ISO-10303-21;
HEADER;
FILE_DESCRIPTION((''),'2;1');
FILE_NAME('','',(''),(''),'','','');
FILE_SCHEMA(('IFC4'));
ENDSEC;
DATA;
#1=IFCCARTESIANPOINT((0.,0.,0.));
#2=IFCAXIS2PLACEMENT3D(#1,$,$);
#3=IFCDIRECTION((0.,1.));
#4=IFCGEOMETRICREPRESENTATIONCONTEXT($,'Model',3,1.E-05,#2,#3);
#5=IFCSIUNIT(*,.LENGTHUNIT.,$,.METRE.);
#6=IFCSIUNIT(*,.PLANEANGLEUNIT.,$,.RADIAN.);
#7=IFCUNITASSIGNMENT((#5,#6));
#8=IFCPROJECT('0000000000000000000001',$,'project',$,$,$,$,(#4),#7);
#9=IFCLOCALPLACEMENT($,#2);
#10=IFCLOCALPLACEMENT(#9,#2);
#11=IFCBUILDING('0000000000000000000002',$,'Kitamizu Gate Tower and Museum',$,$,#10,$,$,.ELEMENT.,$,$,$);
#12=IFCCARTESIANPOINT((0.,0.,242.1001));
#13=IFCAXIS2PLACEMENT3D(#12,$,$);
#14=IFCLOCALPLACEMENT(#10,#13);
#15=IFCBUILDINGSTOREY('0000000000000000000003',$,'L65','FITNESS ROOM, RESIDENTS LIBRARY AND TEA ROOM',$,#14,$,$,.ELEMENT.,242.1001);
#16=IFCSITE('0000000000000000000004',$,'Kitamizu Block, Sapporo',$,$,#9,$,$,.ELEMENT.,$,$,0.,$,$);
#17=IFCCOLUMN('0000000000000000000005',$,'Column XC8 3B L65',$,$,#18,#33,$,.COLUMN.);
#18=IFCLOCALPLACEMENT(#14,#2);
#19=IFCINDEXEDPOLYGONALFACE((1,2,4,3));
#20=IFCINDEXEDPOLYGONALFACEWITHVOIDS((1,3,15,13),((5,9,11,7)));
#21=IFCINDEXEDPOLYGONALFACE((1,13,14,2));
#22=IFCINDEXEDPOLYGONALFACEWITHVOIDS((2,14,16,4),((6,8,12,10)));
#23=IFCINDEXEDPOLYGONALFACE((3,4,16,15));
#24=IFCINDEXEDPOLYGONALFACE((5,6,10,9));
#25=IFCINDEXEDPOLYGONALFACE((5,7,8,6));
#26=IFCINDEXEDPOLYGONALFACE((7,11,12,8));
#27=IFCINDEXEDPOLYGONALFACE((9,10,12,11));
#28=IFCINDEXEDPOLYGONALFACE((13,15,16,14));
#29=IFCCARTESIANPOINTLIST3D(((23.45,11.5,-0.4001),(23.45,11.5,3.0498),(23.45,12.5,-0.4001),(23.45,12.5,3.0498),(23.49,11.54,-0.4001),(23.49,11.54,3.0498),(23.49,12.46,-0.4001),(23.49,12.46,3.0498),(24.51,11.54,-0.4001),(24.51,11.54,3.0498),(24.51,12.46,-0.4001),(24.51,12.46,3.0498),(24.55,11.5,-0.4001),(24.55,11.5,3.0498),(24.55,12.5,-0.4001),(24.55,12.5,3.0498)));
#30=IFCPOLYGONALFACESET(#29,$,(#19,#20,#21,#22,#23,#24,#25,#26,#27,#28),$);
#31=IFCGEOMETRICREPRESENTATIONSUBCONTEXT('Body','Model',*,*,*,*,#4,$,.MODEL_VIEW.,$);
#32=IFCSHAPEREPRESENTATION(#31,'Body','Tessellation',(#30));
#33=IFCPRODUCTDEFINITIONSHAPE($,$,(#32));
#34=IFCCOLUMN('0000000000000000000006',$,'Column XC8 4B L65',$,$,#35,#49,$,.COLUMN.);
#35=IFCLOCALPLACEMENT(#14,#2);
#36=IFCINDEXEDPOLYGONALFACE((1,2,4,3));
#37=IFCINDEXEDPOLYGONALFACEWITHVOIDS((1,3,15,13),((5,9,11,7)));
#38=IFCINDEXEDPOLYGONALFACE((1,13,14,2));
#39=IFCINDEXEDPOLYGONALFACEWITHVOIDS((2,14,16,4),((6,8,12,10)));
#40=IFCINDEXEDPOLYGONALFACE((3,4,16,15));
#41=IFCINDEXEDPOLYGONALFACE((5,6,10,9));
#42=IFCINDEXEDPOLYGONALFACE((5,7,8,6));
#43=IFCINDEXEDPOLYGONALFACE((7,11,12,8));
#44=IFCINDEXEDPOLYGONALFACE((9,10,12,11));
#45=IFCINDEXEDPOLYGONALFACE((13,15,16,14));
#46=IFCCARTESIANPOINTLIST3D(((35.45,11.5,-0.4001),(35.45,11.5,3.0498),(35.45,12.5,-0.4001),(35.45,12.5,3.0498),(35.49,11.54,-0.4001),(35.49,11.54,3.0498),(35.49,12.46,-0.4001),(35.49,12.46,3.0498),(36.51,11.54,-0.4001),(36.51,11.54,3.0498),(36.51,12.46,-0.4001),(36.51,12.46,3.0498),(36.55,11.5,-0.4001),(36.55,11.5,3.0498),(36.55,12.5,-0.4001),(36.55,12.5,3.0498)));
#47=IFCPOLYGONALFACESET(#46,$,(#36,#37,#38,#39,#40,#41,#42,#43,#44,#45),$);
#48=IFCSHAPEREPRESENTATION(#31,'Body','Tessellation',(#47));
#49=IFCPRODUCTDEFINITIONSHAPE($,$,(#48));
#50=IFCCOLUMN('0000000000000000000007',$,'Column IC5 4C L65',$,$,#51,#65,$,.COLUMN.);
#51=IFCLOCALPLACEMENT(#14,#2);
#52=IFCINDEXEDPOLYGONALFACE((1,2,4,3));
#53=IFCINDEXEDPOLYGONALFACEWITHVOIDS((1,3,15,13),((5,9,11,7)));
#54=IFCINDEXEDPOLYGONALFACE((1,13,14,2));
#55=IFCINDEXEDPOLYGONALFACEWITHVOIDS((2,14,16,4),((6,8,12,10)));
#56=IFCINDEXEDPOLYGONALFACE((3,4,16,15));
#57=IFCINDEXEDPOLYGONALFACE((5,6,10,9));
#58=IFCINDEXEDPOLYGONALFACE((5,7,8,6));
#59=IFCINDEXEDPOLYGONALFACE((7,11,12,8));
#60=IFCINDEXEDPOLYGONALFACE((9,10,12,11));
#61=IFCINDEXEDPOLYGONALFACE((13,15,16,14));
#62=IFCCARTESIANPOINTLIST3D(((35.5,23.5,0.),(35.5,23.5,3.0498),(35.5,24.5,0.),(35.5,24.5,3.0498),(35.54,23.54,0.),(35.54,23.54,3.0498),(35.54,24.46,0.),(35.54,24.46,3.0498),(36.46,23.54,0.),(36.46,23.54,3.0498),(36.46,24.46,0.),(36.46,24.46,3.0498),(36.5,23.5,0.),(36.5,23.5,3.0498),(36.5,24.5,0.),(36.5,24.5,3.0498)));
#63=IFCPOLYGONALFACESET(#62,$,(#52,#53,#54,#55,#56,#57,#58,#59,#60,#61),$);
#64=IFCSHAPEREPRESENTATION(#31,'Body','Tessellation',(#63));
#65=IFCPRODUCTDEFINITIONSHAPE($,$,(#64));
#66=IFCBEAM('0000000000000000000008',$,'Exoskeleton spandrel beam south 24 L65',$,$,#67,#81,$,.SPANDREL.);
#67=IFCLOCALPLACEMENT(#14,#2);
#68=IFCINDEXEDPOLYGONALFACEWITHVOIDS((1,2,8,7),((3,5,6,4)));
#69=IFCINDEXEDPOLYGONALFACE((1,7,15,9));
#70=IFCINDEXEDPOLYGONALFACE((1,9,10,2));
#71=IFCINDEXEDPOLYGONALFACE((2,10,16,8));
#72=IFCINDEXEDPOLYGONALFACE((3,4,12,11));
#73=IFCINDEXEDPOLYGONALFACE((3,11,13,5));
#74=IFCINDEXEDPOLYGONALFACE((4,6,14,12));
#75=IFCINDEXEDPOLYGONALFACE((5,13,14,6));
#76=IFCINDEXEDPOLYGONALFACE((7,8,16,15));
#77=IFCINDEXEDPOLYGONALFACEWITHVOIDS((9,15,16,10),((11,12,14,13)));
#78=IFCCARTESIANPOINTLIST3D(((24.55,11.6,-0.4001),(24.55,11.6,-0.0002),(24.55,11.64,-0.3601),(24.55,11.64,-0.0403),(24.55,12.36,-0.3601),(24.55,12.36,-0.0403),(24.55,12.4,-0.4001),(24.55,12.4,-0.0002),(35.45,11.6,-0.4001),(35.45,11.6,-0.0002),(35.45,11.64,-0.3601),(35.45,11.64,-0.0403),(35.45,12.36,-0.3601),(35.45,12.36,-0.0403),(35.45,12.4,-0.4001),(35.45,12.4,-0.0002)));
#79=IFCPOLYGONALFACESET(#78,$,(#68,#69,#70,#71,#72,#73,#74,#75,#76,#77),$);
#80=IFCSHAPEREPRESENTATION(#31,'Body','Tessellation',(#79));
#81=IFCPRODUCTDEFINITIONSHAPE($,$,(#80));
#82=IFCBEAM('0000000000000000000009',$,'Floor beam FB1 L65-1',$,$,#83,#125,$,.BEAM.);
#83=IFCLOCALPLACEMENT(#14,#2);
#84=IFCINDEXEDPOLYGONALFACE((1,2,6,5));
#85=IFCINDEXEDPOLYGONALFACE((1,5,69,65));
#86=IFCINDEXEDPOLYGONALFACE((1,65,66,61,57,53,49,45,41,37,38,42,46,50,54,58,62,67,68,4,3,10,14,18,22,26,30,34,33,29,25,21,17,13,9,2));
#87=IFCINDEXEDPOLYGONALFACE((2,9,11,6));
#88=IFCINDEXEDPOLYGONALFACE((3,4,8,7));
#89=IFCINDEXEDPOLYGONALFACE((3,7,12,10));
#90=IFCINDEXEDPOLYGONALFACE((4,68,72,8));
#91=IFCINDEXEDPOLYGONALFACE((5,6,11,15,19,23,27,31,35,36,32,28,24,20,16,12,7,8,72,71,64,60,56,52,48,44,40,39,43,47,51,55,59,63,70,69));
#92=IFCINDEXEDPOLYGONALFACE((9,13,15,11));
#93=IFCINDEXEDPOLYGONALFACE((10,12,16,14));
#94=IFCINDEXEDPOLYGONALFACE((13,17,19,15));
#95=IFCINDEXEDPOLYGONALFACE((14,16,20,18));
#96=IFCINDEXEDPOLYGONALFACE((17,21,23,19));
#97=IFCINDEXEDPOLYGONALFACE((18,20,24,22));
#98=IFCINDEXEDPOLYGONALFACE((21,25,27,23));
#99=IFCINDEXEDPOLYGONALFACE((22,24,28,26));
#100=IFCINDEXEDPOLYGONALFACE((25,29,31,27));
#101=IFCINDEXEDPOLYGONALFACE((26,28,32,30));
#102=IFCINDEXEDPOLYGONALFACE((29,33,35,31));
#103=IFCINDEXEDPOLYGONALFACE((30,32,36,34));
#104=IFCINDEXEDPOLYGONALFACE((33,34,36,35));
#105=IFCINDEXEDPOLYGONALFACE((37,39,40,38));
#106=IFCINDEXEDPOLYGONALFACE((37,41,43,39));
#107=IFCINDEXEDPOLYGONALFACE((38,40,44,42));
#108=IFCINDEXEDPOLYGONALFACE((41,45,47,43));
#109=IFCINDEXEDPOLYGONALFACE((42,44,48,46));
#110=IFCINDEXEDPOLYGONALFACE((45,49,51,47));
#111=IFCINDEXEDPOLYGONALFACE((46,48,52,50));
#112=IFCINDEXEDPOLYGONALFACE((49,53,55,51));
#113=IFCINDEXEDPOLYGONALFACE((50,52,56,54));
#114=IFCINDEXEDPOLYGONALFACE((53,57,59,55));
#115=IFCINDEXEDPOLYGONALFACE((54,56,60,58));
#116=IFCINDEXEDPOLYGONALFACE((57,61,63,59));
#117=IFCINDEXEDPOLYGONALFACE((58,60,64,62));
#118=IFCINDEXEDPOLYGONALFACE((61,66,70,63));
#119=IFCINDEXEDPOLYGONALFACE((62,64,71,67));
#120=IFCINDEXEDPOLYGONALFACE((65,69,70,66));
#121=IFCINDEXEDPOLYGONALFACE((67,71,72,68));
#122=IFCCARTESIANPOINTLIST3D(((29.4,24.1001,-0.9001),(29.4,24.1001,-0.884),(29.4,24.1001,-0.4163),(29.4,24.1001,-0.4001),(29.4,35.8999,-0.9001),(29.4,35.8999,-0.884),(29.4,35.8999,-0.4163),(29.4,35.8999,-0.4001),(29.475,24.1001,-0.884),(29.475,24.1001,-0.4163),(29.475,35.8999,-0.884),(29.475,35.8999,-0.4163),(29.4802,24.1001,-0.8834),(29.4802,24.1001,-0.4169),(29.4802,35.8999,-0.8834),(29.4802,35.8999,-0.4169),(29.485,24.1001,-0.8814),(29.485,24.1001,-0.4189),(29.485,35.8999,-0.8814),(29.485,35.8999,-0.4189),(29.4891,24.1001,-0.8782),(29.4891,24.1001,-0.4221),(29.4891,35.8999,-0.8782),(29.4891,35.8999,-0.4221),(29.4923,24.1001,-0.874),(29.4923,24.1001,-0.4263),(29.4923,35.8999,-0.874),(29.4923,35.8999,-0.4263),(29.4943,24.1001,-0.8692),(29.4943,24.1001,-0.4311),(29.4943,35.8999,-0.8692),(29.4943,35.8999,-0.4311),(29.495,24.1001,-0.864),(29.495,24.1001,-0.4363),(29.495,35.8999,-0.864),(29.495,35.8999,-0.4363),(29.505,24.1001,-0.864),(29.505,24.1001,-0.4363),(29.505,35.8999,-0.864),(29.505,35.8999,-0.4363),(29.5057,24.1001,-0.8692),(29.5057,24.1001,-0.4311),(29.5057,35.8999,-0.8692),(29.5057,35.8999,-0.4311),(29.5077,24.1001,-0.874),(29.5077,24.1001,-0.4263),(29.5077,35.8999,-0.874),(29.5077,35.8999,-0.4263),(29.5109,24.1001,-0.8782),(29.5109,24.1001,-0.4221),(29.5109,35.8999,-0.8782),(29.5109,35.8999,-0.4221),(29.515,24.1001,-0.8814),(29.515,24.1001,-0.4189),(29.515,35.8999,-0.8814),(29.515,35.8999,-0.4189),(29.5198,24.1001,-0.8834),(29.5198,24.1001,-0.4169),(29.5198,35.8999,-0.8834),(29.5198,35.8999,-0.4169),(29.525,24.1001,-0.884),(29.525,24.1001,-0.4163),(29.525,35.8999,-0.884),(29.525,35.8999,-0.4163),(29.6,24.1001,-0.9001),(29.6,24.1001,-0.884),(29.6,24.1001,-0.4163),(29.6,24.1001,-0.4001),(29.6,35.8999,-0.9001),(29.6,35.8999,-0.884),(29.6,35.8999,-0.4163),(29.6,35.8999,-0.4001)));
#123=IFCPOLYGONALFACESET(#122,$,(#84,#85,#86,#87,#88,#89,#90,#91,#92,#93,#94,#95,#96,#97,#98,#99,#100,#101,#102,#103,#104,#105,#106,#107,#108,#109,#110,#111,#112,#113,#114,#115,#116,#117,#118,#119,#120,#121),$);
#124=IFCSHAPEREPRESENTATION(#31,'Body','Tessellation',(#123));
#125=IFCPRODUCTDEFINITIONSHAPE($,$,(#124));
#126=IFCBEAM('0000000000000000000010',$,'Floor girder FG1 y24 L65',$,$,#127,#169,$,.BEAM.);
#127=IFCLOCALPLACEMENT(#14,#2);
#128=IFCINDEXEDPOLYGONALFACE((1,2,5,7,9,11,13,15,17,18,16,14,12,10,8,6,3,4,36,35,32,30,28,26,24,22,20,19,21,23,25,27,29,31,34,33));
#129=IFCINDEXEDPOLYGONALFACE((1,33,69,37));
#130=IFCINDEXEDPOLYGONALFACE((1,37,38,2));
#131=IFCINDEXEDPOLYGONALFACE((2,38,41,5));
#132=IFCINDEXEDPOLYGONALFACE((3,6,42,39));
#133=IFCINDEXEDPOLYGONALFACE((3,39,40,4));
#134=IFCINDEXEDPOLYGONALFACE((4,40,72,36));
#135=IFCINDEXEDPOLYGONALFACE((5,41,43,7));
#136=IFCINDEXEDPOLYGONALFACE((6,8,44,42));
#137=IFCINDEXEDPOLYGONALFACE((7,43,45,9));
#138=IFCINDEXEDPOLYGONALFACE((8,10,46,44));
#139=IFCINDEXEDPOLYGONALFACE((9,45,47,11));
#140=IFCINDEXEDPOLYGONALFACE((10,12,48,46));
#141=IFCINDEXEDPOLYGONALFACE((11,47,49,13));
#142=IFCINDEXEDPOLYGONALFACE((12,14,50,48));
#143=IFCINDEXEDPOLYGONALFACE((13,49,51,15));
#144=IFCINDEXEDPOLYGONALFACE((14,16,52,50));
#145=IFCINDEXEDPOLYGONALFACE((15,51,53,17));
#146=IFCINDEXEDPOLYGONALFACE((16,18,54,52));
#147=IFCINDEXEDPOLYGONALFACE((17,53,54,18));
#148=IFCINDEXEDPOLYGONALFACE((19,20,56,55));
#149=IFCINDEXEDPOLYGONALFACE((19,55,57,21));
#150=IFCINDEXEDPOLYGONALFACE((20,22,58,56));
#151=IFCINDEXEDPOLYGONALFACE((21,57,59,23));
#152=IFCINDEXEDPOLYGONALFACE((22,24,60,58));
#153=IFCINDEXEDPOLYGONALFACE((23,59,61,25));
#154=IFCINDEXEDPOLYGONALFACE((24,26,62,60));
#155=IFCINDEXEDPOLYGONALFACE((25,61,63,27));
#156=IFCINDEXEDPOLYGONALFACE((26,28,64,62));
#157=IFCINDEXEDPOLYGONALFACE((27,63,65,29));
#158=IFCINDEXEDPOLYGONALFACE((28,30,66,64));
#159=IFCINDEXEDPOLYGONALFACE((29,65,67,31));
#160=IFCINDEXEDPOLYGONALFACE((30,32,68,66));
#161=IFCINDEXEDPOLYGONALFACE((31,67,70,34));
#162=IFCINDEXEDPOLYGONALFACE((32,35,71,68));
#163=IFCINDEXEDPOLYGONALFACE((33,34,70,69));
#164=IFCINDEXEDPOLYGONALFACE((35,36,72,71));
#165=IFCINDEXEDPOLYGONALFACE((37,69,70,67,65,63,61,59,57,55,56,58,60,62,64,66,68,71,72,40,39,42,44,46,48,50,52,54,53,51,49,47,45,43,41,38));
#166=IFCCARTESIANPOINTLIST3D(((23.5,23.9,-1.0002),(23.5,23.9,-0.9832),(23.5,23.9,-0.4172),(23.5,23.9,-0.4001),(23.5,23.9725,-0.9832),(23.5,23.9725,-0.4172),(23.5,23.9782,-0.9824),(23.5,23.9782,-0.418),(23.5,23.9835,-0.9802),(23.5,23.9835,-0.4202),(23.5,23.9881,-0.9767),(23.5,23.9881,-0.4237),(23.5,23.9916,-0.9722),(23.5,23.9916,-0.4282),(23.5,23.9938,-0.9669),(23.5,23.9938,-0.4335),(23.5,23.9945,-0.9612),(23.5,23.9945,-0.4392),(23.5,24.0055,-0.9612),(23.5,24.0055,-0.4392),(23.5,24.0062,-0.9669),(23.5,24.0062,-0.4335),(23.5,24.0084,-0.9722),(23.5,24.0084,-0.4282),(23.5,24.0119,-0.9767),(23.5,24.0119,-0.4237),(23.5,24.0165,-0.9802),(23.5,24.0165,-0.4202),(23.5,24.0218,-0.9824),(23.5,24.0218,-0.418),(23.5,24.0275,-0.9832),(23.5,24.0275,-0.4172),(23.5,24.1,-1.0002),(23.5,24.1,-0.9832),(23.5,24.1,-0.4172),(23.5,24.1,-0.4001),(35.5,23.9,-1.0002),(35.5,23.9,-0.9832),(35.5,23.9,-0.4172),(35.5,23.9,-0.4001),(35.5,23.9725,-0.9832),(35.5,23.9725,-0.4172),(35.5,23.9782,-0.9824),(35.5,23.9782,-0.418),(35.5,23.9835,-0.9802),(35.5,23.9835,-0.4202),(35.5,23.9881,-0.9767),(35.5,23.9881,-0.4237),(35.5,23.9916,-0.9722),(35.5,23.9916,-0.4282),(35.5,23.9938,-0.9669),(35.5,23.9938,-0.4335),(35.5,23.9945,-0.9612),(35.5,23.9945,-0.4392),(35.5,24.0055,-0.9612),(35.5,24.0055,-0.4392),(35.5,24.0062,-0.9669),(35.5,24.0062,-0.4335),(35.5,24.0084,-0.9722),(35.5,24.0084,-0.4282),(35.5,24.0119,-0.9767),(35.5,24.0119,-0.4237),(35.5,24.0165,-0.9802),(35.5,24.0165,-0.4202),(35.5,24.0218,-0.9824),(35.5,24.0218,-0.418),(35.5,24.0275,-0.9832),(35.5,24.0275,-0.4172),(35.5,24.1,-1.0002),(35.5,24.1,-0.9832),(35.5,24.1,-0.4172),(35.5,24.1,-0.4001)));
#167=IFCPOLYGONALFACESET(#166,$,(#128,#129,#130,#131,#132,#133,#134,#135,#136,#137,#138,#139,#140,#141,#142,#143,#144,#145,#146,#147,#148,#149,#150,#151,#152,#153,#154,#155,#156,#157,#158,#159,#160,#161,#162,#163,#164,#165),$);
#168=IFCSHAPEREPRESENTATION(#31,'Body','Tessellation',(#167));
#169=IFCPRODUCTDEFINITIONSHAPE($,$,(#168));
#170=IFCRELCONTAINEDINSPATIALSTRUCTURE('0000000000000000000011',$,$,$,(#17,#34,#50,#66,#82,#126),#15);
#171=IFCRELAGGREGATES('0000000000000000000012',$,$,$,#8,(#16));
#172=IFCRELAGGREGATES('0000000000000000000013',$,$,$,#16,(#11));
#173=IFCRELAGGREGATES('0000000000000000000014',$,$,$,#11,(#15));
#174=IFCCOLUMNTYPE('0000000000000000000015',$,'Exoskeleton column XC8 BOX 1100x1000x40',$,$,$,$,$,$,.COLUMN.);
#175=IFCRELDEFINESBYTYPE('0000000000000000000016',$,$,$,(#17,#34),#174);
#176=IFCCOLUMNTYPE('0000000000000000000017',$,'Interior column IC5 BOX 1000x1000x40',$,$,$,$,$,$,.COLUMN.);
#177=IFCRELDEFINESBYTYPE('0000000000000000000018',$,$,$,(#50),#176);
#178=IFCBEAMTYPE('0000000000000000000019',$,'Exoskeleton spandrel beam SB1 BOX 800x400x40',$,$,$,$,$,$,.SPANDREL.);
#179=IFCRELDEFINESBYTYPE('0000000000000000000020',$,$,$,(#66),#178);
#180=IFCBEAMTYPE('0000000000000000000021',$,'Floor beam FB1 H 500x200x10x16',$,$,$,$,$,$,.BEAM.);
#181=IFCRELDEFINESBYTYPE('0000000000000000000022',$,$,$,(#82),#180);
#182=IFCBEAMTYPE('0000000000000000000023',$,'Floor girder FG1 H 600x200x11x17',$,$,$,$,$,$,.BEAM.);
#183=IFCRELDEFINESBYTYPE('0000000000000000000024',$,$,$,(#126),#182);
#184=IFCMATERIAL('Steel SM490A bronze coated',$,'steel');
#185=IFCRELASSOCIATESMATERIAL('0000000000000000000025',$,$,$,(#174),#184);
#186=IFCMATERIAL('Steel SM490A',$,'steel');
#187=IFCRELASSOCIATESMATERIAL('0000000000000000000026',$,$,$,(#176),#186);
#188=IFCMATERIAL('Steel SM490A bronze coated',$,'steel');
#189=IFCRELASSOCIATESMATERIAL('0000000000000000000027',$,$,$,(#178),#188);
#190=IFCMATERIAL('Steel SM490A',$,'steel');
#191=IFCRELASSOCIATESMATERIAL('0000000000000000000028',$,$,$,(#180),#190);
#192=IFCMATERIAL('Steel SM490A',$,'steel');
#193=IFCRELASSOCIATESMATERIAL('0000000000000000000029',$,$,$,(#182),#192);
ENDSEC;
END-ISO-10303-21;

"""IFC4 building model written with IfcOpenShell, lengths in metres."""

from ifc_helpers import new_model, si_unit, direction, frame, origin, origin_2d, place, context, subcontext, project, spatial, hollow_rectangle, i_section, extrude, material, material_profile, profile_set, type_object, element, save


model = new_model("IFC4")

# Units and contexts
model_context = context("Model", 3, precision=1e-05, world=origin(), true_north=direction((0.0, 1.0)))
body_context = subcontext(model_context, "Body", "Model", "MODEL_VIEW")
ifc_project = project(units=[si_unit("LENGTHUNIT", "METRE"), si_unit("PLANEANGLEUNIT", "RADIAN")], contexts=[model_context])

# Site, building, storey
site_placement = place(None, origin())
site = spatial("IfcSite", under=ifc_project, at=site_placement, Name="Kitamizu Block, Sapporo", CompositionType="ELEMENT", RefElevation=0.0)
building_placement = place(site_placement, origin())
building = spatial("IfcBuilding", under=site, at=building_placement, Name="Kitamizu Gate Tower and Museum", CompositionType="ELEMENT")
storey_placement = place(building_placement, frame((0.0, 0.0, 242.1001)))
storey = spatial("IfcBuildingStorey", under=building, at=storey_placement, Name="L65", Description="FITNESS ROOM, RESIDENTS LIBRARY AND TEA ROOM", CompositionType="ELEMENT", Elevation=242.1001)

# Columns
ifc_material_1 = material(Name="Steel SM490A bronze coated", Category="steel")
ifc_material_profile_1 = material_profile(ifc_material_1, hollow_rectangle(XDim=1.1001, YDim=1.0, WallThickness=0.04, at=origin_2d()), Name="BOX 1100x1000x40")
ifc_profile_set_1 = profile_set([ifc_material_profile_1], Name="Steel SM490A bronze coated")
column_type_1 = type_object("IfcColumnType", Name="Exoskeleton column XC8 BOX 1100x1000x40", PredefinedType="COLUMN", material=ifc_profile_set_1)
for number, where, z_axis, x_axis, name in (
    (1, (24.0, 12.0, -0.4001), (0.0, 0.0, 1.0), (1.0, 0.0, 0.0), "Column XC8 3B L65"),
    (2, (36.0, 12.0, -0.4001), (0.0, 0.0, 1.0), (1.0, 0.0, 0.0), "Column XC8 4B L65"),
):
    element("IfcColumn", number, at=place(storey_placement, frame(where, z_axis=z_axis, x_axis=x_axis)), inside=storey, type_object=column_type_1, Name=name, PredefinedType="COLUMN", context=body_context, shape_type="SweptSolid", body=[
        extrude(hollow_rectangle(XDim=1.1001, YDim=1.0, WallThickness=0.04, at=origin_2d()), origin(), (0.0, 0.0, 1.0), 3.45),
    ])
ifc_material_2 = material(Name="Steel SM490A", Category="steel")
ifc_material_profile_2 = material_profile(ifc_material_2, hollow_rectangle(XDim=1.0, YDim=1.0, WallThickness=0.04, at=origin_2d()), Name="BOX 1000x1000x40")
ifc_profile_set_2 = profile_set([ifc_material_profile_2], Name="Steel SM490A")
column_type_2 = type_object("IfcColumnType", Name="Interior column IC5 BOX 1000x1000x40", PredefinedType="COLUMN", material=ifc_profile_set_2)
column_placement = place(storey_placement, frame((36.0, 24.0, 0.0), z_axis=(0.0, 0.0, 1.0), x_axis=(1.0, 0.0, 0.0)))
element("IfcColumn", 3, at=column_placement, inside=storey, type_object=column_type_2, Name="Column IC5 4C L65", PredefinedType="COLUMN", context=body_context, shape_type="SweptSolid", body=[
    extrude(hollow_rectangle(XDim=1.0, YDim=1.0, WallThickness=0.04, at=origin_2d()), origin(), (0.0, 0.0, 1.0), 3.0498),
])

# Beams
ifc_material_3 = material(Name="Steel SM490A bronze coated", Category="steel")
ifc_material_profile_3 = material_profile(ifc_material_3, hollow_rectangle(XDim=0.8, YDim=0.3999, WallThickness=0.04, at=origin_2d()), Name="BOX 800x400x40")
ifc_profile_set_3 = profile_set([ifc_material_profile_3], Name="Steel SM490A bronze coated")
beam_type_1 = type_object("IfcBeamType", Name="Exoskeleton spandrel beam SB1 BOX 800x400x40", PredefinedType="SPANDREL", material=ifc_profile_set_3)
beam_1_placement = place(storey_placement, frame((24.55, 12.0, -0.2002), z_axis=(1.0, 0.0, 0.0), x_axis=(0.0, 1.0, 0.0)))
element("IfcBeam", 4, at=beam_1_placement, inside=storey, type_object=beam_type_1, Name="Exoskeleton spandrel beam south 24 L65", PredefinedType="SPANDREL", context=body_context, shape_type="SweptSolid", body=[
    extrude(hollow_rectangle(XDim=0.8, YDim=0.3999, WallThickness=0.04, at=origin_2d()), origin(), (0.0, 0.0, 1.0), 10.8999),
])
ifc_material_4 = material(Name="Steel SM490A", Category="steel")
ifc_material_profile_4 = material_profile(ifc_material_4, i_section(OverallWidth=0.2, OverallDepth=0.5, WebThickness=0.01, FlangeThickness=0.0161, FilletRadius=0.02, at=origin_2d()), Name="H-500x200x10x16")
ifc_profile_set_4 = profile_set([ifc_material_profile_4], Name="Steel SM490A")
beam_type_2 = type_object("IfcBeamType", Name="Floor beam FB1 H 500x200x10x16", PredefinedType="BEAM", material=ifc_profile_set_4)
beam_2_placement = place(storey_placement, frame((29.5, 24.1001, -0.6501), z_axis=(0.0, 1.0, 0.0), x_axis=(-1.0, 0.0, 0.0)))
element("IfcBeam", 5, at=beam_2_placement, inside=storey, type_object=beam_type_2, Name="Floor beam FB1 L65-1", PredefinedType="BEAM", context=body_context, shape_type="SweptSolid", body=[
    extrude(i_section(OverallWidth=0.2, OverallDepth=0.5, WebThickness=0.01, FlangeThickness=0.0161, FilletRadius=0.02, at=origin_2d()), origin(), (0.0, 0.0, 1.0), 11.7998),
])
ifc_material_5 = material(Name="Steel SM490A", Category="steel")
ifc_material_profile_5 = material_profile(ifc_material_5, i_section(OverallWidth=0.2, OverallDepth=0.6001, WebThickness=0.011, FlangeThickness=0.0171, FilletRadius=0.022, at=origin_2d()), Name="H-600x200x11x17")
ifc_profile_set_5 = profile_set([ifc_material_profile_5], Name="Steel SM490A")
beam_type_3 = type_object("IfcBeamType", Name="Floor girder FG1 H 600x200x11x17", PredefinedType="BEAM", material=ifc_profile_set_5)
beam_3_placement = place(storey_placement, frame((23.5, 24.0, -0.7002), z_axis=(1.0, 0.0, 0.0), x_axis=(0.0, 1.0, 0.0)))
element("IfcBeam", 6, at=beam_3_placement, inside=storey, type_object=beam_type_3, Name="Floor girder FG1 y24 L65", PredefinedType="BEAM", context=body_context, shape_type="SweptSolid", body=[
    extrude(i_section(OverallWidth=0.2, OverallDepth=0.6001, WebThickness=0.011, FlangeThickness=0.0171, FilletRadius=0.022, at=origin_2d()), origin(), (0.0, 0.0, 1.0), 12.0),
])

save(model, "model.ifc")
